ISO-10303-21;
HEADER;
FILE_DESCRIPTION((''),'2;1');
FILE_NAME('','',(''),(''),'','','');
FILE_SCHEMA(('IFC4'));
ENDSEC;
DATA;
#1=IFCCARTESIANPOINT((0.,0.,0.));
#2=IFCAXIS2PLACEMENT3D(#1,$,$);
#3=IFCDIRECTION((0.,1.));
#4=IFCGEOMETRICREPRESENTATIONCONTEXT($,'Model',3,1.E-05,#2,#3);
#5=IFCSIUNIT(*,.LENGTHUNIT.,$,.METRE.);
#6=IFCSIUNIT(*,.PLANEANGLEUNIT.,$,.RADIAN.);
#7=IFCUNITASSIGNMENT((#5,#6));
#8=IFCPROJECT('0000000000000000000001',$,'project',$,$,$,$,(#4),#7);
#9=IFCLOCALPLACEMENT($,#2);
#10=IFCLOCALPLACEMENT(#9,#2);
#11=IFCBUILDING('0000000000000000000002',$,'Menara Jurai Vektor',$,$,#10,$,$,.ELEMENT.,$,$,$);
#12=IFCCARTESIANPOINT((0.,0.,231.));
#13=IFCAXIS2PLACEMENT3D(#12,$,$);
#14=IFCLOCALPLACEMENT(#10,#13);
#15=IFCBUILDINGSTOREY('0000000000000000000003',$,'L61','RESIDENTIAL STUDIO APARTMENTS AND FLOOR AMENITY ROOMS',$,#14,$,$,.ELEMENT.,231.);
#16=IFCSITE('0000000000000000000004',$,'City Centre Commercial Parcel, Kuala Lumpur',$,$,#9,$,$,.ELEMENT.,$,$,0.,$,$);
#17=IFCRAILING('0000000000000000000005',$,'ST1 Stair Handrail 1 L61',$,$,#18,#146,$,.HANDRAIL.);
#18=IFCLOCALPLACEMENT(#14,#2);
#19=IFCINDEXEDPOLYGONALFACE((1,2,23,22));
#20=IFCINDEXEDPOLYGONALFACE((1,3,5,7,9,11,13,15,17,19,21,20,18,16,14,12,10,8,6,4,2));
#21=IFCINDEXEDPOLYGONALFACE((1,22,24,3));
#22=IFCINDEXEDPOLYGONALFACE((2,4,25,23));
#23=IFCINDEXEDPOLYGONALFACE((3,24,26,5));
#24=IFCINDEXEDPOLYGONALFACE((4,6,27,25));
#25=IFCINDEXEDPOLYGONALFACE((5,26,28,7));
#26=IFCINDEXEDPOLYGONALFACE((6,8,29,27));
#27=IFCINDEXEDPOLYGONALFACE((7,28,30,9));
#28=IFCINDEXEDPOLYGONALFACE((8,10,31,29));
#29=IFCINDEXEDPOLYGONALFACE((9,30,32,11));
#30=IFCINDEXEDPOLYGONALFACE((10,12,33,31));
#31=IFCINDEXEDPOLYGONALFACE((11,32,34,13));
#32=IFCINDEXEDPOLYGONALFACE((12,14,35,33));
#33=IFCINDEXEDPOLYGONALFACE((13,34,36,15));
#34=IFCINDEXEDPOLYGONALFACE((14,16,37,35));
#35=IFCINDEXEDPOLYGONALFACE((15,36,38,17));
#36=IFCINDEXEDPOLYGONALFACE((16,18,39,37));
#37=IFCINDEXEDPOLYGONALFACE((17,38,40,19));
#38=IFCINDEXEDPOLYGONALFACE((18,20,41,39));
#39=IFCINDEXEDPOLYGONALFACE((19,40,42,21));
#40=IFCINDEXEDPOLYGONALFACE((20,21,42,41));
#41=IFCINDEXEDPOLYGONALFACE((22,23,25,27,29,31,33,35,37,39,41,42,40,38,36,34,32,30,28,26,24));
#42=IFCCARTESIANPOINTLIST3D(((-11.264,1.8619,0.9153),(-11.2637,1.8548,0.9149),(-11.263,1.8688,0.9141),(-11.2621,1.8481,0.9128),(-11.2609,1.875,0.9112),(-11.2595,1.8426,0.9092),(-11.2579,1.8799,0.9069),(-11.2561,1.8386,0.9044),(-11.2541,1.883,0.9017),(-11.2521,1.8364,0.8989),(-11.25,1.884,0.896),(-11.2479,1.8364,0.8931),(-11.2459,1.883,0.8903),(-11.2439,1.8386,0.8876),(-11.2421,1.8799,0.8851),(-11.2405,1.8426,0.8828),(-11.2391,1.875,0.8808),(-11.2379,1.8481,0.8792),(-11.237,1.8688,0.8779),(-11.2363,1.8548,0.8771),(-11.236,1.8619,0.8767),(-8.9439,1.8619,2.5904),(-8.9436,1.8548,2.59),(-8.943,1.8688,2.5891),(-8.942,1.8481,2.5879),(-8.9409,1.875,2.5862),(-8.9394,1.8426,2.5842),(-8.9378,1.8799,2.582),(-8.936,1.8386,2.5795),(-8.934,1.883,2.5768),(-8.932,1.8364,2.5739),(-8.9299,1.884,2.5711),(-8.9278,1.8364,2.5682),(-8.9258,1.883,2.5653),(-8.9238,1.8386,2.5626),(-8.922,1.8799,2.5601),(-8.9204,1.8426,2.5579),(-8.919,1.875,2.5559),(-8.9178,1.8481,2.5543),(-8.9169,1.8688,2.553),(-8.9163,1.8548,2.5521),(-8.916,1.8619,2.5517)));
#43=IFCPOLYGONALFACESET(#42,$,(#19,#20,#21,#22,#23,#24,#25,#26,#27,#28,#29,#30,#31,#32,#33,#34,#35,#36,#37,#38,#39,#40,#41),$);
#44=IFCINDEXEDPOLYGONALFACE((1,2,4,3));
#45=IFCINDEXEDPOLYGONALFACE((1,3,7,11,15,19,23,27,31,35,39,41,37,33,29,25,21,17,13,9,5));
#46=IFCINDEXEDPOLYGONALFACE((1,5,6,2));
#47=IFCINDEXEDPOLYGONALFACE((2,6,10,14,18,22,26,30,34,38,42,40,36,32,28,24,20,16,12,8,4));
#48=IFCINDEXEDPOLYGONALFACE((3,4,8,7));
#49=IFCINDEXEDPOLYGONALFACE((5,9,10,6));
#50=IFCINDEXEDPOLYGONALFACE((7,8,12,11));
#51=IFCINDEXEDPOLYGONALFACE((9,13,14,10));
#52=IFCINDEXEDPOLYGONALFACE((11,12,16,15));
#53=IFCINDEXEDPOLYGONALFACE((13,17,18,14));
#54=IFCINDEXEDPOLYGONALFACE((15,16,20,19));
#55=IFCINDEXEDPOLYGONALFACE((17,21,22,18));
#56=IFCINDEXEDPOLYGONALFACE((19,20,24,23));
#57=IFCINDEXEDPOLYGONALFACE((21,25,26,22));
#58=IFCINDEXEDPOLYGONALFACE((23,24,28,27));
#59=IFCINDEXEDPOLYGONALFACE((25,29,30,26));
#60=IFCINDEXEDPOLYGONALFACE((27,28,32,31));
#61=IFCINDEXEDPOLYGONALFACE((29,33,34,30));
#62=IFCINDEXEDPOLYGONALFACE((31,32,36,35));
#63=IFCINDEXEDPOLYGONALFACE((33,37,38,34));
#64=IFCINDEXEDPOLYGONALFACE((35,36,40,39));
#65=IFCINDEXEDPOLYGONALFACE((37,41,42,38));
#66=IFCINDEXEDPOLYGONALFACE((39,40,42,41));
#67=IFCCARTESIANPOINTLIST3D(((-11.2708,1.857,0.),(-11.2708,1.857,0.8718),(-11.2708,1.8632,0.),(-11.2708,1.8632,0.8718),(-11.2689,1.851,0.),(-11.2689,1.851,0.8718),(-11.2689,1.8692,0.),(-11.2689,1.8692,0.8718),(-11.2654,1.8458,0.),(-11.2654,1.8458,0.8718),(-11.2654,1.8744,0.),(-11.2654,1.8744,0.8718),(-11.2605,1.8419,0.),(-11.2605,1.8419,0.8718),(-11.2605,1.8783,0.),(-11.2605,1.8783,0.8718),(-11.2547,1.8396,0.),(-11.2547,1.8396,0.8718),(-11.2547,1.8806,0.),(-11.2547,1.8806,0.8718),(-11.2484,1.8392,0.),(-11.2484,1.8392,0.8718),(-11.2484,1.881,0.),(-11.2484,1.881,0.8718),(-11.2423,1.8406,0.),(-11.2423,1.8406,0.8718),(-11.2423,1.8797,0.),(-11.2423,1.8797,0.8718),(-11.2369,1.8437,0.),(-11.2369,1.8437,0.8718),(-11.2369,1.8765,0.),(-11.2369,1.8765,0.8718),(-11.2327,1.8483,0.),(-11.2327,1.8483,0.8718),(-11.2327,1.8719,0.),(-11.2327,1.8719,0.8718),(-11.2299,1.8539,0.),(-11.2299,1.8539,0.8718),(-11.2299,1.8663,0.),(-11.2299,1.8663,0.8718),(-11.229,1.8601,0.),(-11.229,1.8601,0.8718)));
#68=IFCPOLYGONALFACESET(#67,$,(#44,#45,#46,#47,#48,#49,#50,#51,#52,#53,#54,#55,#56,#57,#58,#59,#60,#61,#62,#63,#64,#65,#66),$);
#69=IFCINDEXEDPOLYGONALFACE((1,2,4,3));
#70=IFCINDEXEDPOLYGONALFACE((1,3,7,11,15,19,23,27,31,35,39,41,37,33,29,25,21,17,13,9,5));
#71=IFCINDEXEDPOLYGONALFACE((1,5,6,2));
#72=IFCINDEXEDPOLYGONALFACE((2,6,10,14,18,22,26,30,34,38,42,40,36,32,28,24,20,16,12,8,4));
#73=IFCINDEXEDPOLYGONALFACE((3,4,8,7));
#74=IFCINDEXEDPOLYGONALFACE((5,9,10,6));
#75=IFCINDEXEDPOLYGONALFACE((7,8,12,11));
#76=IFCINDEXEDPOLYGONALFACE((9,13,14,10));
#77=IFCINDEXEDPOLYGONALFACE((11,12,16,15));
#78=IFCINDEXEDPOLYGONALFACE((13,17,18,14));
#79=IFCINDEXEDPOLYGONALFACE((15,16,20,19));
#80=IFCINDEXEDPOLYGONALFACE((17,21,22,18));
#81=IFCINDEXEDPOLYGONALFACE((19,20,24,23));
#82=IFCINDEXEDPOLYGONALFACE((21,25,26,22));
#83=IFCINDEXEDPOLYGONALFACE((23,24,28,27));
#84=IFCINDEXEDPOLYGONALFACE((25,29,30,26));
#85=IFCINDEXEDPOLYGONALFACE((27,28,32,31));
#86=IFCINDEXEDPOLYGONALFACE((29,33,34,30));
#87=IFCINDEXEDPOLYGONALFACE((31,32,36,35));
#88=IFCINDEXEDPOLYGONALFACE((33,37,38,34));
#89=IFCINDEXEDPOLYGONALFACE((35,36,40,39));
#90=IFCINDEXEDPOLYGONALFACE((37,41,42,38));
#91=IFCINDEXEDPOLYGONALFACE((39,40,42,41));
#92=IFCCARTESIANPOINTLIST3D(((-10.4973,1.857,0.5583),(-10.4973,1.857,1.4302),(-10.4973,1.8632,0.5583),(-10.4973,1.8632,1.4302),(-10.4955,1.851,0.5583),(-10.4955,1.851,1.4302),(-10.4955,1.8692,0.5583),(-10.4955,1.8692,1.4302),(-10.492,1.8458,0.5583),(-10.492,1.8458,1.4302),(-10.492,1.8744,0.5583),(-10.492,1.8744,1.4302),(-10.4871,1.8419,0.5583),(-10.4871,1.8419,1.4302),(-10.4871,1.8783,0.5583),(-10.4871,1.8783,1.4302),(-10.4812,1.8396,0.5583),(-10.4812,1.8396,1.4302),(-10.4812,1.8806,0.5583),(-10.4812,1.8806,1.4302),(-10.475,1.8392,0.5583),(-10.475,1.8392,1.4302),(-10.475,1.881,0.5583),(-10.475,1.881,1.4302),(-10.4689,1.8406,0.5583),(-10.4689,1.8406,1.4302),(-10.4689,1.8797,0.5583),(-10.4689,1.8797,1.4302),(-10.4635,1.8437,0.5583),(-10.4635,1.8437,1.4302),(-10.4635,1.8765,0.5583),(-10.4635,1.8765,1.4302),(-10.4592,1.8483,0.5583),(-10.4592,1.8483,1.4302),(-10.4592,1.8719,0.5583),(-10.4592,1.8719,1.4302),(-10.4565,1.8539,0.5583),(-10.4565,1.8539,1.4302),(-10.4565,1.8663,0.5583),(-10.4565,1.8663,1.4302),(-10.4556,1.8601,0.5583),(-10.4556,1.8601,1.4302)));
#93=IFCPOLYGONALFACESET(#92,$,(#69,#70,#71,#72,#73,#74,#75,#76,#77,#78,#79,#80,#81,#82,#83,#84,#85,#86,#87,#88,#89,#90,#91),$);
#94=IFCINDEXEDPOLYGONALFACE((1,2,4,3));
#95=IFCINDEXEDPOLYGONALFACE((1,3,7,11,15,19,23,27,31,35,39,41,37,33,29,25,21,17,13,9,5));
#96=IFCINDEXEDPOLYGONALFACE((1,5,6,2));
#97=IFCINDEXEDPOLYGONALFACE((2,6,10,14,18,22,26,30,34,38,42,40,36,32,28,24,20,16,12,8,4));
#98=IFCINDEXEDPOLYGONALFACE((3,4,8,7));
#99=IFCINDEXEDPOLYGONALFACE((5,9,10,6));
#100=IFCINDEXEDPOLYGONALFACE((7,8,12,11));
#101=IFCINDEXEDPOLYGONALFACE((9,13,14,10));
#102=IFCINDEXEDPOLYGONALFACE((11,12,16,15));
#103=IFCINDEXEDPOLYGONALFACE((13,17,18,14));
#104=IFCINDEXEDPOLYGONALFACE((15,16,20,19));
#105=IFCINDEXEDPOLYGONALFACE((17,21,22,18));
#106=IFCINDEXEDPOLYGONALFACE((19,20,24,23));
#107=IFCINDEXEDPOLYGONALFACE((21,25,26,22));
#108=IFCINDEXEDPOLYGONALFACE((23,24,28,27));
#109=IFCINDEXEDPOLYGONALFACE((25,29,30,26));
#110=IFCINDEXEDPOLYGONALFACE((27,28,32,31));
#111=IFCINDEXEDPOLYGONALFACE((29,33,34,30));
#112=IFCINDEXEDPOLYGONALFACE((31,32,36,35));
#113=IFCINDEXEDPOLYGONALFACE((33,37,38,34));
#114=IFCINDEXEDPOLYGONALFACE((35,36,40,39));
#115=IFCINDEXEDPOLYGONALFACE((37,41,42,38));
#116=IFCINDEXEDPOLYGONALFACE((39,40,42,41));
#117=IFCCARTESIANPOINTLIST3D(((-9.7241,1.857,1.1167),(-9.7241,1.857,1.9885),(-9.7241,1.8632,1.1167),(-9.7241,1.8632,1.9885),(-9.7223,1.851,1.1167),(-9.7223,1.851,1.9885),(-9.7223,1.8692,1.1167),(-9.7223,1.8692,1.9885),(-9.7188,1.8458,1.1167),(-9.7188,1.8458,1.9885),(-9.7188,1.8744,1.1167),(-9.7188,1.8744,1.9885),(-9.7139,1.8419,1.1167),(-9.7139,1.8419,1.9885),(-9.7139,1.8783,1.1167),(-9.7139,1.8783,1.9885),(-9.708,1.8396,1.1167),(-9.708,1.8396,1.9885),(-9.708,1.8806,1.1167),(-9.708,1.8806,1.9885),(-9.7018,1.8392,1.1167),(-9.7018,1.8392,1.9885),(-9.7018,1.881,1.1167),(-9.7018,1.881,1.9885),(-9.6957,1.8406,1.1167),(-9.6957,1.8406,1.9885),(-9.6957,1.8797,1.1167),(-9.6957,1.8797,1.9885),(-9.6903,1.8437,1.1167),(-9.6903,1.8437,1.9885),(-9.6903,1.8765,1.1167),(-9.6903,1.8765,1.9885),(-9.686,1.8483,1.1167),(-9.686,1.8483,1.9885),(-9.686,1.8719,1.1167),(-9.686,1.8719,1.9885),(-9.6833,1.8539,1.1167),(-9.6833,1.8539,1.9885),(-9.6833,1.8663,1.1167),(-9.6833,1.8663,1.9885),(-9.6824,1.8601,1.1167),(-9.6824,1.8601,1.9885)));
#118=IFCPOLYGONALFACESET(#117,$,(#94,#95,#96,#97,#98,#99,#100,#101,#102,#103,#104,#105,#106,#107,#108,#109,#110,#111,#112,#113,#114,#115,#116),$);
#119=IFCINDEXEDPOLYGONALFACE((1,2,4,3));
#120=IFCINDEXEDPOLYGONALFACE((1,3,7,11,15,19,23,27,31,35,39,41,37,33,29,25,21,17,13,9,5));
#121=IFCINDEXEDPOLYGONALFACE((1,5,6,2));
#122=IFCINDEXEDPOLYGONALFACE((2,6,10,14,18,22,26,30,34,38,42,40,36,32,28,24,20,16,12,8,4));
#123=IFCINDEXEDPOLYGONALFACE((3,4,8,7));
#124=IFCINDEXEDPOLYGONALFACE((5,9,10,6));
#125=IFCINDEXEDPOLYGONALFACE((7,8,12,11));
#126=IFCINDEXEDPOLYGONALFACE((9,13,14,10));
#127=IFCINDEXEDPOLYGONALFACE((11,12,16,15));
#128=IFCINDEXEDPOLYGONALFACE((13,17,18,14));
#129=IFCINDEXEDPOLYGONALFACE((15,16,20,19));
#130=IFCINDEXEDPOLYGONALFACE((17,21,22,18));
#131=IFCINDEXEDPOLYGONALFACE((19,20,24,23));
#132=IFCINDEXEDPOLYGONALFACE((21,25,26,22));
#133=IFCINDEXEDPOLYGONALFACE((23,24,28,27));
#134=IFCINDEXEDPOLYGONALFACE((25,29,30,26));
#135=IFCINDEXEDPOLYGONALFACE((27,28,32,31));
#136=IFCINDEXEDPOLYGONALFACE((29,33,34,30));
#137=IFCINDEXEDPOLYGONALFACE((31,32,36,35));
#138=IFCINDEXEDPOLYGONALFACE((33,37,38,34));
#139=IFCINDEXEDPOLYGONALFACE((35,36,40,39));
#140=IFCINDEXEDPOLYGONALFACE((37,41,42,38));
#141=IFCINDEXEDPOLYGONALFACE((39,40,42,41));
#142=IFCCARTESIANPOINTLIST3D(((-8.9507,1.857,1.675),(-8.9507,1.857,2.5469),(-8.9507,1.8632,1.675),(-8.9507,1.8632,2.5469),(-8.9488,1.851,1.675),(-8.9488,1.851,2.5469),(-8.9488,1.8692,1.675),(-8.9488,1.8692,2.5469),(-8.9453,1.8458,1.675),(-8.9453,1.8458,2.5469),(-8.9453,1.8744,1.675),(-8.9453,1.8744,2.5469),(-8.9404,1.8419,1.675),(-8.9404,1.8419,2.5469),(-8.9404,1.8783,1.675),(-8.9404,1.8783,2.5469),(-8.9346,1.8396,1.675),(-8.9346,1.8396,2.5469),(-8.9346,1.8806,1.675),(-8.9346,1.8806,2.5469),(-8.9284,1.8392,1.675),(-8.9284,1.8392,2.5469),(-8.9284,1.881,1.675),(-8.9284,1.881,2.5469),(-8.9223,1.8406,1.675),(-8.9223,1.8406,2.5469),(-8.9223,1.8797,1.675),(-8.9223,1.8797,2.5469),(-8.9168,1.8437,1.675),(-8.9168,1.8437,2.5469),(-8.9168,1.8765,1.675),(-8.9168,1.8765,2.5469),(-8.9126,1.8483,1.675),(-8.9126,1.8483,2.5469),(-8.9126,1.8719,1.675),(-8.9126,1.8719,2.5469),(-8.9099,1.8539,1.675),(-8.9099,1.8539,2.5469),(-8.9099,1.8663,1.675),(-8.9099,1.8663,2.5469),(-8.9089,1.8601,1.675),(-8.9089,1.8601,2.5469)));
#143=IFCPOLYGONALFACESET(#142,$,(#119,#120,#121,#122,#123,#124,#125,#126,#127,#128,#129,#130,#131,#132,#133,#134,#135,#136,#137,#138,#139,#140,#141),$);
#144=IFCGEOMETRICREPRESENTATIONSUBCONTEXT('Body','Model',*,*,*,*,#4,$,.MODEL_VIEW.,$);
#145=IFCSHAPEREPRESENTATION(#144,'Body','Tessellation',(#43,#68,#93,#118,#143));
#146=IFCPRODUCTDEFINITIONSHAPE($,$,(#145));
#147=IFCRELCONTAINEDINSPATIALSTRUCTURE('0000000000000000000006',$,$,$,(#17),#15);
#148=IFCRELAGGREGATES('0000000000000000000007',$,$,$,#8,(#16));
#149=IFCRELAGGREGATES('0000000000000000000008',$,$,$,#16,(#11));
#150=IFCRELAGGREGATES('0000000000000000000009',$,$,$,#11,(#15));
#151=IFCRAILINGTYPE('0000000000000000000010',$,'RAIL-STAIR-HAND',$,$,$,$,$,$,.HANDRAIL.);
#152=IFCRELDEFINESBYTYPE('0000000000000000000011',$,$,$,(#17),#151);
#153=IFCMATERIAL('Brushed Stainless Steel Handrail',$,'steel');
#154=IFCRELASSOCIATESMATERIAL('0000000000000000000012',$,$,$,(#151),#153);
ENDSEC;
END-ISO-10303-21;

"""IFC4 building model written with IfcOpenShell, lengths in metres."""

from ifc_helpers import new_model, si_unit, direction, frame, origin, origin_2d, place, context, subcontext, project, spatial, circle, extrude, material, type_object, element, save


model = new_model("IFC4")

# Units and contexts
model_context = context("Model", 3, precision=1e-05, world=origin(), true_north=direction((0.0, 1.0)))
body_context = subcontext(model_context, "Body", "Model", "MODEL_VIEW")
ifc_project = project(units=[si_unit("LENGTHUNIT", "METRE"), si_unit("PLANEANGLEUNIT", "RADIAN")], contexts=[model_context])

# Site, building, storey
site_placement = place(None, origin())
site = spatial("IfcSite", under=ifc_project, at=site_placement, Name="City Centre Commercial Parcel, Kuala Lumpur", CompositionType="ELEMENT", RefElevation=0.0)
building_placement = place(site_placement, origin())
building = spatial("IfcBuilding", under=site, at=building_placement, Name="Menara Jurai Vektor", CompositionType="ELEMENT")
storey_placement = place(building_placement, frame((0.0, 0.0, 231.0)))
storey = spatial("IfcBuildingStorey", under=building, at=storey_placement, Name="L61", Description="RESIDENTIAL STUDIO APARTMENTS AND FLOOR AMENITY ROOMS", CompositionType="ELEMENT", Elevation=231.0)

# Railing
ifc_material_1 = material(Name="Brushed Stainless Steel Handrail", Category="steel")
railing_type_1 = type_object("IfcRailingType", Name="RAIL-STAIR-HAND", PredefinedType="HANDRAIL", material=ifc_material_1)
railing_1_placement = place(storey_placement, frame((-11.25, 1.8601, 0.0)))
element("IfcRailing", 1, at=railing_1_placement, inside=storey, type_object=railing_type_1, Name="ST1 Stair Handrail 1 L61", PredefinedType="HANDRAIL", context=body_context, shape_type="SweptSolid", body=[
    extrude(circle(Radius=0.0239, at=origin_2d()), frame((0.0, 0.0, 0.896), z_axis=(0.810771, 0.0, 0.585363), x_axis=(0.0, 1.0, 0.0)), (0.0, 0.0, 1.0), 2.8616),
    extrude(circle(Radius=0.021, at=origin_2d()), origin(), (0.0, 0.0, 1.0), 0.8718),
    extrude(circle(Radius=0.021, at=origin_2d()), frame((0.7734, 0.0, 0.5583)), (0.0, 0.0, 1.0), 0.8718),
    extrude(circle(Radius=0.021, at=origin_2d()), frame((1.5466, 0.0, 1.1167)), (0.0, 0.0, 1.0), 0.8718),
    extrude(circle(Radius=0.021, at=origin_2d()), frame((2.3201, 0.0, 1.675)), (0.0, 0.0, 1.0), 0.8718),
])

save(model, "model.ifc")
